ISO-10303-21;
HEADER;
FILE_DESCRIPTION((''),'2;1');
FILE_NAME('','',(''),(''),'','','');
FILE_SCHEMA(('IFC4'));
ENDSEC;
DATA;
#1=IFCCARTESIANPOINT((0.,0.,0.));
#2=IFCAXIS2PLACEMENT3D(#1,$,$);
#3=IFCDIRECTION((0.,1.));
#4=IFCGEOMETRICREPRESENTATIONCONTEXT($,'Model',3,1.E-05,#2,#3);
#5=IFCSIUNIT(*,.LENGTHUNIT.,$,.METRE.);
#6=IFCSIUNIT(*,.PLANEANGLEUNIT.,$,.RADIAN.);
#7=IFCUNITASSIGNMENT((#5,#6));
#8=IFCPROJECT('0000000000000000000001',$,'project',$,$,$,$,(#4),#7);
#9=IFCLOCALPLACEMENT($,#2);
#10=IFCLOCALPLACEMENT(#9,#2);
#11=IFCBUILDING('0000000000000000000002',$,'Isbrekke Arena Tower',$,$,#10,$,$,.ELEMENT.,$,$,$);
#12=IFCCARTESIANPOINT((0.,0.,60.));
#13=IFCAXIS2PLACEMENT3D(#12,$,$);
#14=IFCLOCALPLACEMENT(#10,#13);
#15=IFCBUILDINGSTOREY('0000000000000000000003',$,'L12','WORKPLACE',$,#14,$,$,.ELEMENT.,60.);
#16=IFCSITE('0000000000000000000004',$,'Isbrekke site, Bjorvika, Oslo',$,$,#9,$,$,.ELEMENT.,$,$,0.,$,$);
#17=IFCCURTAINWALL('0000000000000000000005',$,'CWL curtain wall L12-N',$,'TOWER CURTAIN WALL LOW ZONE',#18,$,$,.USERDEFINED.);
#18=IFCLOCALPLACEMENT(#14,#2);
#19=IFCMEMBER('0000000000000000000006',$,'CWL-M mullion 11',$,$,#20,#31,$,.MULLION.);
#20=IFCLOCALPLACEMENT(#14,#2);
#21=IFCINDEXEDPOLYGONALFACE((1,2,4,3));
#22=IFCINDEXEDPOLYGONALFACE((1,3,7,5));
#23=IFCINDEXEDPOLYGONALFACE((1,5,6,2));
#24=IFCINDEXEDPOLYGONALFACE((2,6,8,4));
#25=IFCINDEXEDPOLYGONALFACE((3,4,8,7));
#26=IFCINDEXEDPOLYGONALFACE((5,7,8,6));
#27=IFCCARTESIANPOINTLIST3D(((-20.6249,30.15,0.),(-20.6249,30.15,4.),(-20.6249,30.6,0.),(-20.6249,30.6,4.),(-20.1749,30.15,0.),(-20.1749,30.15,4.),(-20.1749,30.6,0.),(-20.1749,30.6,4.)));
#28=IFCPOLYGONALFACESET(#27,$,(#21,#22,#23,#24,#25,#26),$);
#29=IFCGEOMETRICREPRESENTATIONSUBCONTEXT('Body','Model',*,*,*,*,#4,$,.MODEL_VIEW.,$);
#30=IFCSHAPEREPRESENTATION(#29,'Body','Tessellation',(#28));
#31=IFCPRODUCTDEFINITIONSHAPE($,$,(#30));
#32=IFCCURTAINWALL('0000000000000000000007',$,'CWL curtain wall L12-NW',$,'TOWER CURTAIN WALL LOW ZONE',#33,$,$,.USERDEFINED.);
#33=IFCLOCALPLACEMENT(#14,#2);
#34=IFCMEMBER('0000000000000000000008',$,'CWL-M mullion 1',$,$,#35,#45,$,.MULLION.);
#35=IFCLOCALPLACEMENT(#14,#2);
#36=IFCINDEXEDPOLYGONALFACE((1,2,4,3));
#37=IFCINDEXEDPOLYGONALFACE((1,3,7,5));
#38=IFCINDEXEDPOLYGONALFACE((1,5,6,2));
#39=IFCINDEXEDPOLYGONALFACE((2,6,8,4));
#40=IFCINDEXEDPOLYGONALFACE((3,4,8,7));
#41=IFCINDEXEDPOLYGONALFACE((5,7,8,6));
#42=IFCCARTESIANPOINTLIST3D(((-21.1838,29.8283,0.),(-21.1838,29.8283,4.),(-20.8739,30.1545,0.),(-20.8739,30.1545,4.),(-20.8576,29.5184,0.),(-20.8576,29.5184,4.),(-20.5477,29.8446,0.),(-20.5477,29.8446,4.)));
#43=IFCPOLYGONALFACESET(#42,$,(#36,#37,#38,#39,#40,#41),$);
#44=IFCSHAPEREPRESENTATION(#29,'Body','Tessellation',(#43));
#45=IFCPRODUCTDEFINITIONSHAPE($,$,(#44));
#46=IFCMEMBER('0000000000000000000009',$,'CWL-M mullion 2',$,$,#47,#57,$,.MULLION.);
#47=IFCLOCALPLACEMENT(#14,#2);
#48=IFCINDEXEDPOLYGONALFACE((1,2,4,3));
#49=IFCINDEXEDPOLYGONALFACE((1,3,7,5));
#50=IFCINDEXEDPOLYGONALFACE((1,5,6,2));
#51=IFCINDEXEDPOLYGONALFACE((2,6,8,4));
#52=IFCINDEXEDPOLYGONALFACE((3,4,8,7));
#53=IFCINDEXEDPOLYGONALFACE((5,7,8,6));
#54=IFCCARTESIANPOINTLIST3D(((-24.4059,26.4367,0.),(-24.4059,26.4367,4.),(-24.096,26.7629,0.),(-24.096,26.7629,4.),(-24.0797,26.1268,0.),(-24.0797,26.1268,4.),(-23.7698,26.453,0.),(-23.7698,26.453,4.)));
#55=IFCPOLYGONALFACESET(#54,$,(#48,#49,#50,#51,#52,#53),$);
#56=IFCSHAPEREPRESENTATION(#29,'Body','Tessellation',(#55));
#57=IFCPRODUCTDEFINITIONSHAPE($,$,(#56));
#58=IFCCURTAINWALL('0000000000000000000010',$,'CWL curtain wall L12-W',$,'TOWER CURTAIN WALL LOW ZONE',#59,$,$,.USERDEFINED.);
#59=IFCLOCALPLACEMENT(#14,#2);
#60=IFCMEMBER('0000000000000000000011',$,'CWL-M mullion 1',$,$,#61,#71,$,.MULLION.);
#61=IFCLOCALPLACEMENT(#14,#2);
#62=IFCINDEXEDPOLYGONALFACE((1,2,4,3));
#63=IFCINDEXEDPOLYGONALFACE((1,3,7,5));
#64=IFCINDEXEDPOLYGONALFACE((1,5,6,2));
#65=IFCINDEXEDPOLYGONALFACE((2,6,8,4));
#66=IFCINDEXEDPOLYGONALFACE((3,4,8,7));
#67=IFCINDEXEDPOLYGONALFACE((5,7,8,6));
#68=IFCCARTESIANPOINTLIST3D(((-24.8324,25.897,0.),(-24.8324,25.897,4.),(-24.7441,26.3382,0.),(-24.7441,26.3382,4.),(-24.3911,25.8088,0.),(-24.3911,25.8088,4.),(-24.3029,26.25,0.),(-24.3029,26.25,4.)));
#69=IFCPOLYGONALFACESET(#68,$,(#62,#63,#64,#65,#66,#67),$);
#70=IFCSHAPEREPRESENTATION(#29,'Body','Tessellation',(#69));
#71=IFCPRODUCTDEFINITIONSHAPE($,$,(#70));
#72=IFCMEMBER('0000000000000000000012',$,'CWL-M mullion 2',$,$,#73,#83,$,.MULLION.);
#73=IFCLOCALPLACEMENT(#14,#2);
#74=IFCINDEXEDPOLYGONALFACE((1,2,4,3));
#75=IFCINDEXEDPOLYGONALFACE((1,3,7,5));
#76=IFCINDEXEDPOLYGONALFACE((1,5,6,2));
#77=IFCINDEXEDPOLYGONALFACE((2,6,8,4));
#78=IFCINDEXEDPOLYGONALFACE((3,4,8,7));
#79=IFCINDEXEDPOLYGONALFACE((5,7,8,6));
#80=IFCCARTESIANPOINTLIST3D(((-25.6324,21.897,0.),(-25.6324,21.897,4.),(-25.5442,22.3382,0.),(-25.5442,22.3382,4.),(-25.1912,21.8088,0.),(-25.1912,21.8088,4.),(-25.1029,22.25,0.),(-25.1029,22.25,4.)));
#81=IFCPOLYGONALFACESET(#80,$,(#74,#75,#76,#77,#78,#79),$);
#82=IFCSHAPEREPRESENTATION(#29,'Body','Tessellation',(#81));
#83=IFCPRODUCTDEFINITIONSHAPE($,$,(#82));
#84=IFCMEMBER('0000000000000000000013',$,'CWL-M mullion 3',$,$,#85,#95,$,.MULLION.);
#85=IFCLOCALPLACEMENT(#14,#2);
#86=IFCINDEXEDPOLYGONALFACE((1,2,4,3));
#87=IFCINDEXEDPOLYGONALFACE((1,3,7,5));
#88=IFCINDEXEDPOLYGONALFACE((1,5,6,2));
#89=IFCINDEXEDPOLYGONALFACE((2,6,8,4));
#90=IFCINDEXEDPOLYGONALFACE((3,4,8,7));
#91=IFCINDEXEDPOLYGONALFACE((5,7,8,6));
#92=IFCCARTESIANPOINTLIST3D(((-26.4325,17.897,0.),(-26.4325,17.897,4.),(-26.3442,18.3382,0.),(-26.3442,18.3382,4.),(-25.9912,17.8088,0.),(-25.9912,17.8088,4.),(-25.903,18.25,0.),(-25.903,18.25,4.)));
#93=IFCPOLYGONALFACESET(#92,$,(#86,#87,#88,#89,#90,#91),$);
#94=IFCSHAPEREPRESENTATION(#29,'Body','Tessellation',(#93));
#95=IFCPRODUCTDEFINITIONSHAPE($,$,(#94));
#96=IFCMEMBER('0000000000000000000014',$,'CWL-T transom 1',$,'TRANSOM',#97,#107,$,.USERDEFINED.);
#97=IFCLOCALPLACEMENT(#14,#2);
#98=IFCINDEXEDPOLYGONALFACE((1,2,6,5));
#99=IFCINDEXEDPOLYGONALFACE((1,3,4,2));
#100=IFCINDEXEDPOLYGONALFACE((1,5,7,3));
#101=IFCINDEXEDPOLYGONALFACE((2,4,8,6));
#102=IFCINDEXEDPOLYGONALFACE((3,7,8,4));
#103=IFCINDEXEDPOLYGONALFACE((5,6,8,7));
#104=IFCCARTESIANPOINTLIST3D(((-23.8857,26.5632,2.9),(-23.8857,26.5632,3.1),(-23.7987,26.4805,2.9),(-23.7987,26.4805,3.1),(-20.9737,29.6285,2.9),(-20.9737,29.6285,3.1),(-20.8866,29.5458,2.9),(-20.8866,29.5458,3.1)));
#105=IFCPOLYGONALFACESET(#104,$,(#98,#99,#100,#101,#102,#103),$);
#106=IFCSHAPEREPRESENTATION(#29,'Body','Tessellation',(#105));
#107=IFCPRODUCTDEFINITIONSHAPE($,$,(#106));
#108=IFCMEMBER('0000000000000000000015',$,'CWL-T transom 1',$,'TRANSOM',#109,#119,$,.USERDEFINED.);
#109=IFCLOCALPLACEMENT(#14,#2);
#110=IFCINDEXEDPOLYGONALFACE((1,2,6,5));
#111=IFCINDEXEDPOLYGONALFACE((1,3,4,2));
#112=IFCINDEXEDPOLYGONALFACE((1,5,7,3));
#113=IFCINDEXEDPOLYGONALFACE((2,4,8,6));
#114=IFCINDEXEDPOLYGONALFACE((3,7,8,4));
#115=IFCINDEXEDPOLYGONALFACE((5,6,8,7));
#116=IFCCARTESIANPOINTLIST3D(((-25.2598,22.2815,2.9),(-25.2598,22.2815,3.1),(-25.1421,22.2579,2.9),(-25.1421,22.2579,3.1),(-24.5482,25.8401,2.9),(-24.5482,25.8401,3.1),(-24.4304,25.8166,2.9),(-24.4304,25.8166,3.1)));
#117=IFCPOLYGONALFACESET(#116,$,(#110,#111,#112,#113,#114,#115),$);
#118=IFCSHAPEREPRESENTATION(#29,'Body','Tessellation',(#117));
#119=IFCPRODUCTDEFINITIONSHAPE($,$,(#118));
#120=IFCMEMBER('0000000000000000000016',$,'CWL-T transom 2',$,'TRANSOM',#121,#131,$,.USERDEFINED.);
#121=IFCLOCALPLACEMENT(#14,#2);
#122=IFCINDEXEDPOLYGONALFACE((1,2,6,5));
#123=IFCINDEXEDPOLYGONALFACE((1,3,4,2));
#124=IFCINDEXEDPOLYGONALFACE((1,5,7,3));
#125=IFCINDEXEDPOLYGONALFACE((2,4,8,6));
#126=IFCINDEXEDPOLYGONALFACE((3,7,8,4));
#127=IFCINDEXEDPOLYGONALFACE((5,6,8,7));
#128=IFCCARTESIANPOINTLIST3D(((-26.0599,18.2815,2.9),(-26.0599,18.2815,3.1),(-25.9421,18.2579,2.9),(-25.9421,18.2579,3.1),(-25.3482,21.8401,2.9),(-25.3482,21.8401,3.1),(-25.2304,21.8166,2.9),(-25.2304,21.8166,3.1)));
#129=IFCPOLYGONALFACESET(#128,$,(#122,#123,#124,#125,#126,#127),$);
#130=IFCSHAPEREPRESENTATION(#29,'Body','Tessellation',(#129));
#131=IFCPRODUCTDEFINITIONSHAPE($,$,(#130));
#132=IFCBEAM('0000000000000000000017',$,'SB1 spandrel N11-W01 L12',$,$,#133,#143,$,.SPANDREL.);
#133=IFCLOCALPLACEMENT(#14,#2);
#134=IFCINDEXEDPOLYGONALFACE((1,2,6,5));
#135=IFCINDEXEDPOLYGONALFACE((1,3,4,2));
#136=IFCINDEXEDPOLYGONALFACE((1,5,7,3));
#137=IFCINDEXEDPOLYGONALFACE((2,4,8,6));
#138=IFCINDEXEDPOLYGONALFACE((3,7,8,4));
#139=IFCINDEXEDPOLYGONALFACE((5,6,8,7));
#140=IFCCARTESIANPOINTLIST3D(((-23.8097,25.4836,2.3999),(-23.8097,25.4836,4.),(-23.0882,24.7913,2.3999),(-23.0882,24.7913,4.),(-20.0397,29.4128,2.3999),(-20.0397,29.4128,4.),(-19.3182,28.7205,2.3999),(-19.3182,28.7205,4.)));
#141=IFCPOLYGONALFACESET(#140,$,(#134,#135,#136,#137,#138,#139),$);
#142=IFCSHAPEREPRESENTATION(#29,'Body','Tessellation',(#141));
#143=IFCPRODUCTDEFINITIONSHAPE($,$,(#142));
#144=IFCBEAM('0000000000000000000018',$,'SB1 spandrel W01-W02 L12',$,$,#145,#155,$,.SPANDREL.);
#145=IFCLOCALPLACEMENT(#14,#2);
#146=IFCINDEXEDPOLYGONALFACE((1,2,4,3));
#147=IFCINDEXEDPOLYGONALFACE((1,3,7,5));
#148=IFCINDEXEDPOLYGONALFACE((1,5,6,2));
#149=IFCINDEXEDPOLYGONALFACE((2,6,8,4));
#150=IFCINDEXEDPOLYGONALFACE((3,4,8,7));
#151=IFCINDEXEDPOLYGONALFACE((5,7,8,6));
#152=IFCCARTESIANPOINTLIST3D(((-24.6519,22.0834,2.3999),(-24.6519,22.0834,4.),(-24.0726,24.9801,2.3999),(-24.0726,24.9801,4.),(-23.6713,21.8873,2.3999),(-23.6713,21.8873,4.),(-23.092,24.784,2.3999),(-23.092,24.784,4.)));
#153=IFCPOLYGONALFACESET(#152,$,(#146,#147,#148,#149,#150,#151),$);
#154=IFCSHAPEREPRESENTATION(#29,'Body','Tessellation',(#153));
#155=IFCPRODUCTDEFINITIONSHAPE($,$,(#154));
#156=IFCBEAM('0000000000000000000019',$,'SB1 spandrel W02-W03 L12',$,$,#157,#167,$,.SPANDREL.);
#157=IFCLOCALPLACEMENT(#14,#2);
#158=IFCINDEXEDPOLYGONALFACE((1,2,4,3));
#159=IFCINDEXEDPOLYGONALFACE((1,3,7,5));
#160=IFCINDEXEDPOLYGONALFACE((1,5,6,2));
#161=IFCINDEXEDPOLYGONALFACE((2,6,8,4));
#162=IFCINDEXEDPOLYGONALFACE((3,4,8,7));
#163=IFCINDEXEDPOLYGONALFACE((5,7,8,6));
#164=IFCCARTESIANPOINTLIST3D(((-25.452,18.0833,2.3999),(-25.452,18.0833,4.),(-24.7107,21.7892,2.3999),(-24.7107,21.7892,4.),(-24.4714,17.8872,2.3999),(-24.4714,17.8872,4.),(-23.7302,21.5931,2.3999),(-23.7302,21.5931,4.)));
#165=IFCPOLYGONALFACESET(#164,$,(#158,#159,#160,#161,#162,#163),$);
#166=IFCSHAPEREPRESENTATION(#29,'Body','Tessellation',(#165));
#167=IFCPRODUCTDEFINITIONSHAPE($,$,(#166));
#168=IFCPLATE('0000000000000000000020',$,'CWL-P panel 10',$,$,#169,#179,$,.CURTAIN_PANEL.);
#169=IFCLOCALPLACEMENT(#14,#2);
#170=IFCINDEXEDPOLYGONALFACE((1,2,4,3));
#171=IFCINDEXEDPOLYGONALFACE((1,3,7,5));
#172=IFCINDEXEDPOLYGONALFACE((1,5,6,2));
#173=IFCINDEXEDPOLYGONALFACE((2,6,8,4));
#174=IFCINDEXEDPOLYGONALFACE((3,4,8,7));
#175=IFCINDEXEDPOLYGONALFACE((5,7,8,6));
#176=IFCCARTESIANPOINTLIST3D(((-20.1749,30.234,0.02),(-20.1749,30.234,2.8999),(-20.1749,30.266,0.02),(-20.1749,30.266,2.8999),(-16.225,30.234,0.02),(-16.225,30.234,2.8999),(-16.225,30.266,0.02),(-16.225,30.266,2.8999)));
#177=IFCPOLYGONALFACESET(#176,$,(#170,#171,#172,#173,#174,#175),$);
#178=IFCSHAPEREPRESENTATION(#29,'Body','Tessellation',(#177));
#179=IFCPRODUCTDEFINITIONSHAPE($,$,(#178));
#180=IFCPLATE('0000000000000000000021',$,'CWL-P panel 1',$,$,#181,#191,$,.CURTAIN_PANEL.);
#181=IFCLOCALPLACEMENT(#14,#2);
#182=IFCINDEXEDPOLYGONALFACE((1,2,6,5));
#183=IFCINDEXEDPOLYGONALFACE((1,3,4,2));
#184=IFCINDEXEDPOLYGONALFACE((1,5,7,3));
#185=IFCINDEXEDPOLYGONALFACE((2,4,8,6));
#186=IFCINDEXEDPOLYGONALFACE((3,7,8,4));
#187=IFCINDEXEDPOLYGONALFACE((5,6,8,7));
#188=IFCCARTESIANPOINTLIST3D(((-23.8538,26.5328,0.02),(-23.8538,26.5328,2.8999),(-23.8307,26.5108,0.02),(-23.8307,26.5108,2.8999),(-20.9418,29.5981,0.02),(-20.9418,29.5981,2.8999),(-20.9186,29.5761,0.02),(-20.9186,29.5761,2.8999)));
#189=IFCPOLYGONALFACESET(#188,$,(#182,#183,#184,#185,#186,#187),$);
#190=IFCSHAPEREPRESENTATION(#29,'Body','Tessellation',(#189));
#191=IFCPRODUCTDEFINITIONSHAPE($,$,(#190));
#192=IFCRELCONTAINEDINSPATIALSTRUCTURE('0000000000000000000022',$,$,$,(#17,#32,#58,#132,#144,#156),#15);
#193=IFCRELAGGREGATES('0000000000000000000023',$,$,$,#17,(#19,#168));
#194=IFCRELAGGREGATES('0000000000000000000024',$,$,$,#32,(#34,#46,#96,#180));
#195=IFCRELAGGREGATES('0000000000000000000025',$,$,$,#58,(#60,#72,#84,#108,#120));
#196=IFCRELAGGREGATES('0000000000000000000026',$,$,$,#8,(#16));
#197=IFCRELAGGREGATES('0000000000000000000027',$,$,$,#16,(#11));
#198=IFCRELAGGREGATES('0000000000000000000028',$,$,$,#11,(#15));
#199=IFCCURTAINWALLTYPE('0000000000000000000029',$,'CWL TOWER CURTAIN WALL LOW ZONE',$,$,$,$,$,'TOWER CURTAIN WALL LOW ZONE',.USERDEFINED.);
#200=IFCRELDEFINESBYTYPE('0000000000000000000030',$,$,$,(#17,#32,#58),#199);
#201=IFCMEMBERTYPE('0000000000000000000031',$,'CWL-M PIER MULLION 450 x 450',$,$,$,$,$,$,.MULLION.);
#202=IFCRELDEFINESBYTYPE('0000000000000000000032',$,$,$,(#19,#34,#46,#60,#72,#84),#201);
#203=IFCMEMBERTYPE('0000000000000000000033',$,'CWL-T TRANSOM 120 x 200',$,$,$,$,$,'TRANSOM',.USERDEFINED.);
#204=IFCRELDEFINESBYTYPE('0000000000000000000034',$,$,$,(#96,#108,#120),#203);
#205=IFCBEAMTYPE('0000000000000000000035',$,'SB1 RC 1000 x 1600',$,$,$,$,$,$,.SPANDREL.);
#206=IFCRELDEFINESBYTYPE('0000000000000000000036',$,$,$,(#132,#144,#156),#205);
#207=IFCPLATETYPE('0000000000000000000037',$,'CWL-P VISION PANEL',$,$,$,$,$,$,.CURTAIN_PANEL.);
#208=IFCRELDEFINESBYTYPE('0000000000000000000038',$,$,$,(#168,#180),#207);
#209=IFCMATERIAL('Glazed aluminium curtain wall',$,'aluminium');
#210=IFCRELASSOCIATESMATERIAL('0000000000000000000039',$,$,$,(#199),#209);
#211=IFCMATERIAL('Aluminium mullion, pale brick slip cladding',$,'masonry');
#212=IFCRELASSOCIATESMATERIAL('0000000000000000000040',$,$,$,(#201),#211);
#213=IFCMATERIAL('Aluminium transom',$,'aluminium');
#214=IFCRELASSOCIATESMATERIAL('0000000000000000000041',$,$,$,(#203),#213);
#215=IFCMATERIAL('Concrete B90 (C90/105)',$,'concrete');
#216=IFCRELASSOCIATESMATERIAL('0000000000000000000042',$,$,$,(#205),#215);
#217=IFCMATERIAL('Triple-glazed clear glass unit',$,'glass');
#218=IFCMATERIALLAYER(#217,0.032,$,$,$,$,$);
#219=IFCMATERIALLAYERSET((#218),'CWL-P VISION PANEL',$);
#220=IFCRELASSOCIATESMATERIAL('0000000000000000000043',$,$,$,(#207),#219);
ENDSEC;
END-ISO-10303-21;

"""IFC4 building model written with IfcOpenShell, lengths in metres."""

from ifc_helpers import new_model, si_unit, direction, frame, origin, origin_2d, place, context, subcontext, project, spatial, rectangle, extrude, material, layer, layer_set, material_profile, profile_set, type_object, element, aggregate, save


model = new_model("IFC4")

# Units and contexts
model_context = context("Model", 3, precision=1e-05, world=origin(), true_north=direction((0.0, 1.0)))
body_context = subcontext(model_context, "Body", "Model", "MODEL_VIEW")
ifc_project = project(units=[si_unit("LENGTHUNIT", "METRE"), si_unit("PLANEANGLEUNIT", "RADIAN")], contexts=[model_context])

# Site, building, storey
site_placement = place(None, origin())
site = spatial("IfcSite", under=ifc_project, at=site_placement, Name="Isbrekke site, Bjorvika, Oslo", CompositionType="ELEMENT", RefElevation=0.0)
building_placement = place(site_placement, origin())
building = spatial("IfcBuilding", under=site, at=building_placement, Name="Isbrekke Arena Tower", CompositionType="ELEMENT")
storey_placement = place(building_placement, frame((0.0, 0.0, 60.0)))
storey = spatial("IfcBuildingStorey", under=building, at=storey_placement, Name="L12", Description="WORKPLACE", CompositionType="ELEMENT", Elevation=60.0)

# Curtain wall, member
ifc_material_1 = material(Name="Glazed aluminium curtain wall", Category="aluminium")
curtain_wall_type = type_object("IfcCurtainWallType", Name="CWL TOWER CURTAIN WALL LOW ZONE", ElementType="TOWER CURTAIN WALL LOW ZONE", PredefinedType="USERDEFINED", material=ifc_material_1)
curtain_wall_1_placement = place(storey_placement, origin())
curtain_wall_1 = element("IfcCurtainWall", 1, at=curtain_wall_1_placement, inside=storey, type_object=curtain_wall_type, Name="CWL curtain wall L12-N", ObjectType="TOWER CURTAIN WALL LOW ZONE", PredefinedType="USERDEFINED")
ifc_material_2 = material(Name="Aluminium mullion, pale brick slip cladding", Category="masonry")
ifc_material_profile_1 = material_profile(ifc_material_2, rectangle(XDim=0.45, YDim=0.45, at=origin_2d()), Name="PIER 450X450")
ifc_profile_set_1 = profile_set([ifc_material_profile_1], Name="Aluminium mullion, pale brick slip cladding")
member_type_1 = type_object("IfcMemberType", Name="CWL-M PIER MULLION 450 x 450", PredefinedType="MULLION", material=ifc_profile_set_1)
member_1_placement = place(storey_placement, frame((-20.3999, 30.375, 0.0), z_axis=(0.0, 0.0, 1.0), x_axis=(-1.0, 0.0, 0.0)))
member_1 = element("IfcMember", 2, at=member_1_placement, type_object=member_type_1, Name="CWL-M mullion 11", PredefinedType="MULLION", context=body_context, shape_type="SweptSolid", body=[
    extrude(rectangle(XDim=0.45, YDim=0.45, at=origin_2d()), origin(), (0.0, 0.0, 1.0), 4.0),
])

# Curtain walls, members
curtain_wall_2_placement = place(storey_placement, origin())
curtain_wall_2 = element("IfcCurtainWall", 3, at=curtain_wall_2_placement, inside=storey, type_object=curtain_wall_type, Name="CWL curtain wall L12-NW", ObjectType="TOWER CURTAIN WALL LOW ZONE", PredefinedType="USERDEFINED")
member_2_placement = place(storey_placement, frame((-20.8657, 29.8364, 0.0), z_axis=(0.0, 0.0, 1.0), x_axis=(-0.688749, -0.724999, 0.0)))
member_2 = element("IfcMember", 4, at=member_2_placement, type_object=member_type_1, Name="CWL-M mullion 1", PredefinedType="MULLION", context=body_context, shape_type="SweptSolid", body=[
    extrude(rectangle(XDim=0.45, YDim=0.45, at=origin_2d()), origin(), (0.0, 0.0, 1.0), 4.0),
])
member_3_placement = place(storey_placement, frame((-24.0879, 26.4448, 0.0), z_axis=(0.0, 0.0, 1.0), x_axis=(-0.688749, -0.724999, 0.0)))
member_3 = element("IfcMember", 5, at=member_3_placement, type_object=member_type_1, Name="CWL-M mullion 2", PredefinedType="MULLION", context=body_context, shape_type="SweptSolid", body=[
    extrude(rectangle(XDim=0.45, YDim=0.45, at=origin_2d()), origin(), (0.0, 0.0, 1.0), 4.0),
])
curtain_wall_3_placement = place(storey_placement, origin())
curtain_wall_3 = element("IfcCurtainWall", 6, at=curtain_wall_3_placement, inside=storey, type_object=curtain_wall_type, Name="CWL curtain wall L12-W", ObjectType="TOWER CURTAIN WALL LOW ZONE", PredefinedType="USERDEFINED")
member_4_placement = place(storey_placement, frame((-24.5676, 26.0735, 0.0), z_axis=(0.0, 0.0, 1.0), x_axis=(-0.196116, -0.980581, 0.0)))
member_4 = element("IfcMember", 7, at=member_4_placement, type_object=member_type_1, Name="CWL-M mullion 1", PredefinedType="MULLION", context=body_context, shape_type="SweptSolid", body=[
    extrude(rectangle(XDim=0.45, YDim=0.45, at=origin_2d()), origin(), (0.0, 0.0, 1.0), 4.0),
])
member_5_placement = place(storey_placement, frame((-25.3677, 22.0735, 0.0), z_axis=(0.0, 0.0, 1.0), x_axis=(-0.196116, -0.980581, 0.0)))
member_5 = element("IfcMember", 8, at=member_5_placement, type_object=member_type_1, Name="CWL-M mullion 2", PredefinedType="MULLION", context=body_context, shape_type="SweptSolid", body=[
    extrude(rectangle(XDim=0.45, YDim=0.45, at=origin_2d()), origin(), (0.0, 0.0, 1.0), 4.0),
])
member_6_placement = place(storey_placement, frame((-26.1677, 18.0735, 0.0), z_axis=(0.0, 0.0, 1.0), x_axis=(-0.196116, -0.980581, 0.0)))
member_6 = element("IfcMember", 9, at=member_6_placement, type_object=member_type_1, Name="CWL-M mullion 3", PredefinedType="MULLION", context=body_context, shape_type="SweptSolid", body=[
    extrude(rectangle(XDim=0.45, YDim=0.45, at=origin_2d()), origin(), (0.0, 0.0, 1.0), 4.0),
])

# Members
ifc_material_3 = material(Name="Aluminium transom", Category="aluminium")
ifc_material_profile_2 = material_profile(ifc_material_3, rectangle(XDim=0.1201, YDim=0.2, at=origin_2d()), Name="TRANSOM 120X200")
ifc_profile_set_2 = profile_set([ifc_material_profile_2], Name="Aluminium transom")
member_type_2 = type_object("IfcMemberType", Name="CWL-T TRANSOM 120 x 200", ElementType="TRANSOM", PredefinedType="USERDEFINED", material=ifc_profile_set_2)
member_7_placement = place(storey_placement, frame((-20.9302, 29.5872, 3.0), z_axis=(-0.688743, -0.725005, 0.0), x_axis=(0.725005, -0.688743, 0.0)))
member_7 = element("IfcMember", 10, at=member_7_placement, type_object=member_type_2, Name="CWL-T transom 1", ObjectType="TRANSOM", PredefinedType="USERDEFINED", context=body_context, shape_type="SweptSolid", body=[
    extrude(rectangle(XDim=0.1201, YDim=0.2, at=origin_2d()), origin(), (0.0, 0.0, 1.0), 4.228),
])
member_8_placement = place(storey_placement, frame((-24.4893, 25.8284, 3.0), z_axis=(-0.196103, -0.980583, 0.0), x_axis=(0.980583, -0.196103, 0.0)))
member_8 = element("IfcMember", 11, at=member_8_placement, type_object=member_type_2, Name="CWL-T transom 1", ObjectType="TRANSOM", PredefinedType="USERDEFINED", context=body_context, shape_type="SweptSolid", body=[
    extrude(rectangle(XDim=0.1201, YDim=0.2, at=origin_2d()), origin(), (0.0, 0.0, 1.0), 3.6292),
])
member_9_placement = place(storey_placement, frame((-25.2893, 21.8284, 3.0), z_axis=(-0.196103, -0.980583, 0.0), x_axis=(0.980583, -0.196103, 0.0)))
member_9 = element("IfcMember", 12, at=member_9_placement, type_object=member_type_2, Name="CWL-T transom 2", ObjectType="TRANSOM", PredefinedType="USERDEFINED", context=body_context, shape_type="SweptSolid", body=[
    extrude(rectangle(XDim=0.1201, YDim=0.2, at=origin_2d()), origin(), (0.0, 0.0, 1.0), 3.6292),
])

# Beams
ifc_material_4 = material(Name="Concrete B90 (C90/105)", Category="concrete")
ifc_material_profile_3 = material_profile(ifc_material_4, rectangle(XDim=1.0, YDim=1.6001, at=origin_2d()), Name="RC 1000x1600")
ifc_profile_set_3 = profile_set([ifc_material_profile_3], Name="Concrete B90 (C90/105)")
beam_type_1 = type_object("IfcBeamType", Name="SB1 RC 1000 x 1600", PredefinedType="SPANDREL", material=ifc_profile_set_3)
beam_1_placement = place(storey_placement, frame((-19.679, 29.0667, 3.2), z_axis=(-0.69234, -0.721572, 0.0), x_axis=(0.721572, -0.69234, 0.0)))
element("IfcBeam", 13, at=beam_1_placement, inside=storey, type_object=beam_type_1, Name="SB1 spandrel N11-W01 L12", PredefinedType="SPANDREL", context=body_context, shape_type="SweptSolid", body=[
    extrude(rectangle(XDim=1.0, YDim=1.6001, at=origin_2d()), origin(), (0.0, 0.0, 1.0), 5.4453),
])
beam_2_placement = place(storey_placement, frame((-23.5823, 24.8821, 3.2), z_axis=(-0.196116, -0.980581, 0.0), x_axis=(0.980581, -0.196116, 0.0)))
element("IfcBeam", 14, at=beam_2_placement, inside=storey, type_object=beam_type_1, Name="SB1 spandrel W01-W02 L12", PredefinedType="SPANDREL", context=body_context, shape_type="SweptSolid", body=[
    extrude(rectangle(XDim=1.0, YDim=1.6001, at=origin_2d()), origin(), (0.0, 0.0, 1.0), 2.9541),
])
beam_3_placement = place(storey_placement, frame((-24.2205, 21.6912, 3.2), z_axis=(-0.196129, -0.980578, 0.0), x_axis=(0.980578, -0.196129, 0.0)))
element("IfcBeam", 15, at=beam_3_placement, inside=storey, type_object=beam_type_1, Name="SB1 spandrel W02-W03 L12", PredefinedType="SPANDREL", context=body_context, shape_type="SweptSolid", body=[
    extrude(rectangle(XDim=1.0, YDim=1.6001, at=origin_2d()), origin(), (0.0, 0.0, 1.0), 3.7793),
])

# Plates
ifc_material_5 = material(Name="Triple-glazed clear glass unit", Category="glass")
ifc_layer_1 = layer(ifc_material_5, 0.032)
ifc_layer_set_1 = layer_set([ifc_layer_1], Name="CWL-P VISION PANEL")
plate_type = type_object("IfcPlateType", Name="CWL-P VISION PANEL", PredefinedType="CURTAIN_PANEL", material=ifc_layer_set_1)
plate_1_placement = place(storey_placement, frame((-18.2, 30.25, 0.02), z_axis=(0.0, 0.0, 1.0), x_axis=(-1.0, 0.0, 0.0)))
plate_1 = element("IfcPlate", 16, at=plate_1_placement, type_object=plate_type, Name="CWL-P panel 10", PredefinedType="CURTAIN_PANEL", context=body_context, shape_type="SweptSolid", body=[
    extrude(rectangle(XDim=3.95, YDim=0.032, at=origin_2d()), origin(), (0.0, 0.0, 1.0), 2.8799),
])
aggregate(curtain_wall_1, [member_1, plate_1])
plate_2_placement = place(storey_placement, frame((-22.3862, 28.0544, 0.02), z_axis=(0.0, 0.0, 1.0), x_axis=(-0.688749, -0.724999, 0.0)))
plate_2 = element("IfcPlate", 17, at=plate_2_placement, type_object=plate_type, Name="CWL-P panel 1", PredefinedType="CURTAIN_PANEL", context=body_context, shape_type="SweptSolid", body=[
    extrude(rectangle(XDim=4.228, YDim=0.032, at=origin_2d()), origin(), (0.0, 0.0, 1.0), 2.8799),
])
aggregate(curtain_wall_2, [member_2, member_3, member_7, plate_2])
aggregate(curtain_wall_3, [member_4, member_5, member_6, member_8, member_9])

save(model, "model.ifc")
